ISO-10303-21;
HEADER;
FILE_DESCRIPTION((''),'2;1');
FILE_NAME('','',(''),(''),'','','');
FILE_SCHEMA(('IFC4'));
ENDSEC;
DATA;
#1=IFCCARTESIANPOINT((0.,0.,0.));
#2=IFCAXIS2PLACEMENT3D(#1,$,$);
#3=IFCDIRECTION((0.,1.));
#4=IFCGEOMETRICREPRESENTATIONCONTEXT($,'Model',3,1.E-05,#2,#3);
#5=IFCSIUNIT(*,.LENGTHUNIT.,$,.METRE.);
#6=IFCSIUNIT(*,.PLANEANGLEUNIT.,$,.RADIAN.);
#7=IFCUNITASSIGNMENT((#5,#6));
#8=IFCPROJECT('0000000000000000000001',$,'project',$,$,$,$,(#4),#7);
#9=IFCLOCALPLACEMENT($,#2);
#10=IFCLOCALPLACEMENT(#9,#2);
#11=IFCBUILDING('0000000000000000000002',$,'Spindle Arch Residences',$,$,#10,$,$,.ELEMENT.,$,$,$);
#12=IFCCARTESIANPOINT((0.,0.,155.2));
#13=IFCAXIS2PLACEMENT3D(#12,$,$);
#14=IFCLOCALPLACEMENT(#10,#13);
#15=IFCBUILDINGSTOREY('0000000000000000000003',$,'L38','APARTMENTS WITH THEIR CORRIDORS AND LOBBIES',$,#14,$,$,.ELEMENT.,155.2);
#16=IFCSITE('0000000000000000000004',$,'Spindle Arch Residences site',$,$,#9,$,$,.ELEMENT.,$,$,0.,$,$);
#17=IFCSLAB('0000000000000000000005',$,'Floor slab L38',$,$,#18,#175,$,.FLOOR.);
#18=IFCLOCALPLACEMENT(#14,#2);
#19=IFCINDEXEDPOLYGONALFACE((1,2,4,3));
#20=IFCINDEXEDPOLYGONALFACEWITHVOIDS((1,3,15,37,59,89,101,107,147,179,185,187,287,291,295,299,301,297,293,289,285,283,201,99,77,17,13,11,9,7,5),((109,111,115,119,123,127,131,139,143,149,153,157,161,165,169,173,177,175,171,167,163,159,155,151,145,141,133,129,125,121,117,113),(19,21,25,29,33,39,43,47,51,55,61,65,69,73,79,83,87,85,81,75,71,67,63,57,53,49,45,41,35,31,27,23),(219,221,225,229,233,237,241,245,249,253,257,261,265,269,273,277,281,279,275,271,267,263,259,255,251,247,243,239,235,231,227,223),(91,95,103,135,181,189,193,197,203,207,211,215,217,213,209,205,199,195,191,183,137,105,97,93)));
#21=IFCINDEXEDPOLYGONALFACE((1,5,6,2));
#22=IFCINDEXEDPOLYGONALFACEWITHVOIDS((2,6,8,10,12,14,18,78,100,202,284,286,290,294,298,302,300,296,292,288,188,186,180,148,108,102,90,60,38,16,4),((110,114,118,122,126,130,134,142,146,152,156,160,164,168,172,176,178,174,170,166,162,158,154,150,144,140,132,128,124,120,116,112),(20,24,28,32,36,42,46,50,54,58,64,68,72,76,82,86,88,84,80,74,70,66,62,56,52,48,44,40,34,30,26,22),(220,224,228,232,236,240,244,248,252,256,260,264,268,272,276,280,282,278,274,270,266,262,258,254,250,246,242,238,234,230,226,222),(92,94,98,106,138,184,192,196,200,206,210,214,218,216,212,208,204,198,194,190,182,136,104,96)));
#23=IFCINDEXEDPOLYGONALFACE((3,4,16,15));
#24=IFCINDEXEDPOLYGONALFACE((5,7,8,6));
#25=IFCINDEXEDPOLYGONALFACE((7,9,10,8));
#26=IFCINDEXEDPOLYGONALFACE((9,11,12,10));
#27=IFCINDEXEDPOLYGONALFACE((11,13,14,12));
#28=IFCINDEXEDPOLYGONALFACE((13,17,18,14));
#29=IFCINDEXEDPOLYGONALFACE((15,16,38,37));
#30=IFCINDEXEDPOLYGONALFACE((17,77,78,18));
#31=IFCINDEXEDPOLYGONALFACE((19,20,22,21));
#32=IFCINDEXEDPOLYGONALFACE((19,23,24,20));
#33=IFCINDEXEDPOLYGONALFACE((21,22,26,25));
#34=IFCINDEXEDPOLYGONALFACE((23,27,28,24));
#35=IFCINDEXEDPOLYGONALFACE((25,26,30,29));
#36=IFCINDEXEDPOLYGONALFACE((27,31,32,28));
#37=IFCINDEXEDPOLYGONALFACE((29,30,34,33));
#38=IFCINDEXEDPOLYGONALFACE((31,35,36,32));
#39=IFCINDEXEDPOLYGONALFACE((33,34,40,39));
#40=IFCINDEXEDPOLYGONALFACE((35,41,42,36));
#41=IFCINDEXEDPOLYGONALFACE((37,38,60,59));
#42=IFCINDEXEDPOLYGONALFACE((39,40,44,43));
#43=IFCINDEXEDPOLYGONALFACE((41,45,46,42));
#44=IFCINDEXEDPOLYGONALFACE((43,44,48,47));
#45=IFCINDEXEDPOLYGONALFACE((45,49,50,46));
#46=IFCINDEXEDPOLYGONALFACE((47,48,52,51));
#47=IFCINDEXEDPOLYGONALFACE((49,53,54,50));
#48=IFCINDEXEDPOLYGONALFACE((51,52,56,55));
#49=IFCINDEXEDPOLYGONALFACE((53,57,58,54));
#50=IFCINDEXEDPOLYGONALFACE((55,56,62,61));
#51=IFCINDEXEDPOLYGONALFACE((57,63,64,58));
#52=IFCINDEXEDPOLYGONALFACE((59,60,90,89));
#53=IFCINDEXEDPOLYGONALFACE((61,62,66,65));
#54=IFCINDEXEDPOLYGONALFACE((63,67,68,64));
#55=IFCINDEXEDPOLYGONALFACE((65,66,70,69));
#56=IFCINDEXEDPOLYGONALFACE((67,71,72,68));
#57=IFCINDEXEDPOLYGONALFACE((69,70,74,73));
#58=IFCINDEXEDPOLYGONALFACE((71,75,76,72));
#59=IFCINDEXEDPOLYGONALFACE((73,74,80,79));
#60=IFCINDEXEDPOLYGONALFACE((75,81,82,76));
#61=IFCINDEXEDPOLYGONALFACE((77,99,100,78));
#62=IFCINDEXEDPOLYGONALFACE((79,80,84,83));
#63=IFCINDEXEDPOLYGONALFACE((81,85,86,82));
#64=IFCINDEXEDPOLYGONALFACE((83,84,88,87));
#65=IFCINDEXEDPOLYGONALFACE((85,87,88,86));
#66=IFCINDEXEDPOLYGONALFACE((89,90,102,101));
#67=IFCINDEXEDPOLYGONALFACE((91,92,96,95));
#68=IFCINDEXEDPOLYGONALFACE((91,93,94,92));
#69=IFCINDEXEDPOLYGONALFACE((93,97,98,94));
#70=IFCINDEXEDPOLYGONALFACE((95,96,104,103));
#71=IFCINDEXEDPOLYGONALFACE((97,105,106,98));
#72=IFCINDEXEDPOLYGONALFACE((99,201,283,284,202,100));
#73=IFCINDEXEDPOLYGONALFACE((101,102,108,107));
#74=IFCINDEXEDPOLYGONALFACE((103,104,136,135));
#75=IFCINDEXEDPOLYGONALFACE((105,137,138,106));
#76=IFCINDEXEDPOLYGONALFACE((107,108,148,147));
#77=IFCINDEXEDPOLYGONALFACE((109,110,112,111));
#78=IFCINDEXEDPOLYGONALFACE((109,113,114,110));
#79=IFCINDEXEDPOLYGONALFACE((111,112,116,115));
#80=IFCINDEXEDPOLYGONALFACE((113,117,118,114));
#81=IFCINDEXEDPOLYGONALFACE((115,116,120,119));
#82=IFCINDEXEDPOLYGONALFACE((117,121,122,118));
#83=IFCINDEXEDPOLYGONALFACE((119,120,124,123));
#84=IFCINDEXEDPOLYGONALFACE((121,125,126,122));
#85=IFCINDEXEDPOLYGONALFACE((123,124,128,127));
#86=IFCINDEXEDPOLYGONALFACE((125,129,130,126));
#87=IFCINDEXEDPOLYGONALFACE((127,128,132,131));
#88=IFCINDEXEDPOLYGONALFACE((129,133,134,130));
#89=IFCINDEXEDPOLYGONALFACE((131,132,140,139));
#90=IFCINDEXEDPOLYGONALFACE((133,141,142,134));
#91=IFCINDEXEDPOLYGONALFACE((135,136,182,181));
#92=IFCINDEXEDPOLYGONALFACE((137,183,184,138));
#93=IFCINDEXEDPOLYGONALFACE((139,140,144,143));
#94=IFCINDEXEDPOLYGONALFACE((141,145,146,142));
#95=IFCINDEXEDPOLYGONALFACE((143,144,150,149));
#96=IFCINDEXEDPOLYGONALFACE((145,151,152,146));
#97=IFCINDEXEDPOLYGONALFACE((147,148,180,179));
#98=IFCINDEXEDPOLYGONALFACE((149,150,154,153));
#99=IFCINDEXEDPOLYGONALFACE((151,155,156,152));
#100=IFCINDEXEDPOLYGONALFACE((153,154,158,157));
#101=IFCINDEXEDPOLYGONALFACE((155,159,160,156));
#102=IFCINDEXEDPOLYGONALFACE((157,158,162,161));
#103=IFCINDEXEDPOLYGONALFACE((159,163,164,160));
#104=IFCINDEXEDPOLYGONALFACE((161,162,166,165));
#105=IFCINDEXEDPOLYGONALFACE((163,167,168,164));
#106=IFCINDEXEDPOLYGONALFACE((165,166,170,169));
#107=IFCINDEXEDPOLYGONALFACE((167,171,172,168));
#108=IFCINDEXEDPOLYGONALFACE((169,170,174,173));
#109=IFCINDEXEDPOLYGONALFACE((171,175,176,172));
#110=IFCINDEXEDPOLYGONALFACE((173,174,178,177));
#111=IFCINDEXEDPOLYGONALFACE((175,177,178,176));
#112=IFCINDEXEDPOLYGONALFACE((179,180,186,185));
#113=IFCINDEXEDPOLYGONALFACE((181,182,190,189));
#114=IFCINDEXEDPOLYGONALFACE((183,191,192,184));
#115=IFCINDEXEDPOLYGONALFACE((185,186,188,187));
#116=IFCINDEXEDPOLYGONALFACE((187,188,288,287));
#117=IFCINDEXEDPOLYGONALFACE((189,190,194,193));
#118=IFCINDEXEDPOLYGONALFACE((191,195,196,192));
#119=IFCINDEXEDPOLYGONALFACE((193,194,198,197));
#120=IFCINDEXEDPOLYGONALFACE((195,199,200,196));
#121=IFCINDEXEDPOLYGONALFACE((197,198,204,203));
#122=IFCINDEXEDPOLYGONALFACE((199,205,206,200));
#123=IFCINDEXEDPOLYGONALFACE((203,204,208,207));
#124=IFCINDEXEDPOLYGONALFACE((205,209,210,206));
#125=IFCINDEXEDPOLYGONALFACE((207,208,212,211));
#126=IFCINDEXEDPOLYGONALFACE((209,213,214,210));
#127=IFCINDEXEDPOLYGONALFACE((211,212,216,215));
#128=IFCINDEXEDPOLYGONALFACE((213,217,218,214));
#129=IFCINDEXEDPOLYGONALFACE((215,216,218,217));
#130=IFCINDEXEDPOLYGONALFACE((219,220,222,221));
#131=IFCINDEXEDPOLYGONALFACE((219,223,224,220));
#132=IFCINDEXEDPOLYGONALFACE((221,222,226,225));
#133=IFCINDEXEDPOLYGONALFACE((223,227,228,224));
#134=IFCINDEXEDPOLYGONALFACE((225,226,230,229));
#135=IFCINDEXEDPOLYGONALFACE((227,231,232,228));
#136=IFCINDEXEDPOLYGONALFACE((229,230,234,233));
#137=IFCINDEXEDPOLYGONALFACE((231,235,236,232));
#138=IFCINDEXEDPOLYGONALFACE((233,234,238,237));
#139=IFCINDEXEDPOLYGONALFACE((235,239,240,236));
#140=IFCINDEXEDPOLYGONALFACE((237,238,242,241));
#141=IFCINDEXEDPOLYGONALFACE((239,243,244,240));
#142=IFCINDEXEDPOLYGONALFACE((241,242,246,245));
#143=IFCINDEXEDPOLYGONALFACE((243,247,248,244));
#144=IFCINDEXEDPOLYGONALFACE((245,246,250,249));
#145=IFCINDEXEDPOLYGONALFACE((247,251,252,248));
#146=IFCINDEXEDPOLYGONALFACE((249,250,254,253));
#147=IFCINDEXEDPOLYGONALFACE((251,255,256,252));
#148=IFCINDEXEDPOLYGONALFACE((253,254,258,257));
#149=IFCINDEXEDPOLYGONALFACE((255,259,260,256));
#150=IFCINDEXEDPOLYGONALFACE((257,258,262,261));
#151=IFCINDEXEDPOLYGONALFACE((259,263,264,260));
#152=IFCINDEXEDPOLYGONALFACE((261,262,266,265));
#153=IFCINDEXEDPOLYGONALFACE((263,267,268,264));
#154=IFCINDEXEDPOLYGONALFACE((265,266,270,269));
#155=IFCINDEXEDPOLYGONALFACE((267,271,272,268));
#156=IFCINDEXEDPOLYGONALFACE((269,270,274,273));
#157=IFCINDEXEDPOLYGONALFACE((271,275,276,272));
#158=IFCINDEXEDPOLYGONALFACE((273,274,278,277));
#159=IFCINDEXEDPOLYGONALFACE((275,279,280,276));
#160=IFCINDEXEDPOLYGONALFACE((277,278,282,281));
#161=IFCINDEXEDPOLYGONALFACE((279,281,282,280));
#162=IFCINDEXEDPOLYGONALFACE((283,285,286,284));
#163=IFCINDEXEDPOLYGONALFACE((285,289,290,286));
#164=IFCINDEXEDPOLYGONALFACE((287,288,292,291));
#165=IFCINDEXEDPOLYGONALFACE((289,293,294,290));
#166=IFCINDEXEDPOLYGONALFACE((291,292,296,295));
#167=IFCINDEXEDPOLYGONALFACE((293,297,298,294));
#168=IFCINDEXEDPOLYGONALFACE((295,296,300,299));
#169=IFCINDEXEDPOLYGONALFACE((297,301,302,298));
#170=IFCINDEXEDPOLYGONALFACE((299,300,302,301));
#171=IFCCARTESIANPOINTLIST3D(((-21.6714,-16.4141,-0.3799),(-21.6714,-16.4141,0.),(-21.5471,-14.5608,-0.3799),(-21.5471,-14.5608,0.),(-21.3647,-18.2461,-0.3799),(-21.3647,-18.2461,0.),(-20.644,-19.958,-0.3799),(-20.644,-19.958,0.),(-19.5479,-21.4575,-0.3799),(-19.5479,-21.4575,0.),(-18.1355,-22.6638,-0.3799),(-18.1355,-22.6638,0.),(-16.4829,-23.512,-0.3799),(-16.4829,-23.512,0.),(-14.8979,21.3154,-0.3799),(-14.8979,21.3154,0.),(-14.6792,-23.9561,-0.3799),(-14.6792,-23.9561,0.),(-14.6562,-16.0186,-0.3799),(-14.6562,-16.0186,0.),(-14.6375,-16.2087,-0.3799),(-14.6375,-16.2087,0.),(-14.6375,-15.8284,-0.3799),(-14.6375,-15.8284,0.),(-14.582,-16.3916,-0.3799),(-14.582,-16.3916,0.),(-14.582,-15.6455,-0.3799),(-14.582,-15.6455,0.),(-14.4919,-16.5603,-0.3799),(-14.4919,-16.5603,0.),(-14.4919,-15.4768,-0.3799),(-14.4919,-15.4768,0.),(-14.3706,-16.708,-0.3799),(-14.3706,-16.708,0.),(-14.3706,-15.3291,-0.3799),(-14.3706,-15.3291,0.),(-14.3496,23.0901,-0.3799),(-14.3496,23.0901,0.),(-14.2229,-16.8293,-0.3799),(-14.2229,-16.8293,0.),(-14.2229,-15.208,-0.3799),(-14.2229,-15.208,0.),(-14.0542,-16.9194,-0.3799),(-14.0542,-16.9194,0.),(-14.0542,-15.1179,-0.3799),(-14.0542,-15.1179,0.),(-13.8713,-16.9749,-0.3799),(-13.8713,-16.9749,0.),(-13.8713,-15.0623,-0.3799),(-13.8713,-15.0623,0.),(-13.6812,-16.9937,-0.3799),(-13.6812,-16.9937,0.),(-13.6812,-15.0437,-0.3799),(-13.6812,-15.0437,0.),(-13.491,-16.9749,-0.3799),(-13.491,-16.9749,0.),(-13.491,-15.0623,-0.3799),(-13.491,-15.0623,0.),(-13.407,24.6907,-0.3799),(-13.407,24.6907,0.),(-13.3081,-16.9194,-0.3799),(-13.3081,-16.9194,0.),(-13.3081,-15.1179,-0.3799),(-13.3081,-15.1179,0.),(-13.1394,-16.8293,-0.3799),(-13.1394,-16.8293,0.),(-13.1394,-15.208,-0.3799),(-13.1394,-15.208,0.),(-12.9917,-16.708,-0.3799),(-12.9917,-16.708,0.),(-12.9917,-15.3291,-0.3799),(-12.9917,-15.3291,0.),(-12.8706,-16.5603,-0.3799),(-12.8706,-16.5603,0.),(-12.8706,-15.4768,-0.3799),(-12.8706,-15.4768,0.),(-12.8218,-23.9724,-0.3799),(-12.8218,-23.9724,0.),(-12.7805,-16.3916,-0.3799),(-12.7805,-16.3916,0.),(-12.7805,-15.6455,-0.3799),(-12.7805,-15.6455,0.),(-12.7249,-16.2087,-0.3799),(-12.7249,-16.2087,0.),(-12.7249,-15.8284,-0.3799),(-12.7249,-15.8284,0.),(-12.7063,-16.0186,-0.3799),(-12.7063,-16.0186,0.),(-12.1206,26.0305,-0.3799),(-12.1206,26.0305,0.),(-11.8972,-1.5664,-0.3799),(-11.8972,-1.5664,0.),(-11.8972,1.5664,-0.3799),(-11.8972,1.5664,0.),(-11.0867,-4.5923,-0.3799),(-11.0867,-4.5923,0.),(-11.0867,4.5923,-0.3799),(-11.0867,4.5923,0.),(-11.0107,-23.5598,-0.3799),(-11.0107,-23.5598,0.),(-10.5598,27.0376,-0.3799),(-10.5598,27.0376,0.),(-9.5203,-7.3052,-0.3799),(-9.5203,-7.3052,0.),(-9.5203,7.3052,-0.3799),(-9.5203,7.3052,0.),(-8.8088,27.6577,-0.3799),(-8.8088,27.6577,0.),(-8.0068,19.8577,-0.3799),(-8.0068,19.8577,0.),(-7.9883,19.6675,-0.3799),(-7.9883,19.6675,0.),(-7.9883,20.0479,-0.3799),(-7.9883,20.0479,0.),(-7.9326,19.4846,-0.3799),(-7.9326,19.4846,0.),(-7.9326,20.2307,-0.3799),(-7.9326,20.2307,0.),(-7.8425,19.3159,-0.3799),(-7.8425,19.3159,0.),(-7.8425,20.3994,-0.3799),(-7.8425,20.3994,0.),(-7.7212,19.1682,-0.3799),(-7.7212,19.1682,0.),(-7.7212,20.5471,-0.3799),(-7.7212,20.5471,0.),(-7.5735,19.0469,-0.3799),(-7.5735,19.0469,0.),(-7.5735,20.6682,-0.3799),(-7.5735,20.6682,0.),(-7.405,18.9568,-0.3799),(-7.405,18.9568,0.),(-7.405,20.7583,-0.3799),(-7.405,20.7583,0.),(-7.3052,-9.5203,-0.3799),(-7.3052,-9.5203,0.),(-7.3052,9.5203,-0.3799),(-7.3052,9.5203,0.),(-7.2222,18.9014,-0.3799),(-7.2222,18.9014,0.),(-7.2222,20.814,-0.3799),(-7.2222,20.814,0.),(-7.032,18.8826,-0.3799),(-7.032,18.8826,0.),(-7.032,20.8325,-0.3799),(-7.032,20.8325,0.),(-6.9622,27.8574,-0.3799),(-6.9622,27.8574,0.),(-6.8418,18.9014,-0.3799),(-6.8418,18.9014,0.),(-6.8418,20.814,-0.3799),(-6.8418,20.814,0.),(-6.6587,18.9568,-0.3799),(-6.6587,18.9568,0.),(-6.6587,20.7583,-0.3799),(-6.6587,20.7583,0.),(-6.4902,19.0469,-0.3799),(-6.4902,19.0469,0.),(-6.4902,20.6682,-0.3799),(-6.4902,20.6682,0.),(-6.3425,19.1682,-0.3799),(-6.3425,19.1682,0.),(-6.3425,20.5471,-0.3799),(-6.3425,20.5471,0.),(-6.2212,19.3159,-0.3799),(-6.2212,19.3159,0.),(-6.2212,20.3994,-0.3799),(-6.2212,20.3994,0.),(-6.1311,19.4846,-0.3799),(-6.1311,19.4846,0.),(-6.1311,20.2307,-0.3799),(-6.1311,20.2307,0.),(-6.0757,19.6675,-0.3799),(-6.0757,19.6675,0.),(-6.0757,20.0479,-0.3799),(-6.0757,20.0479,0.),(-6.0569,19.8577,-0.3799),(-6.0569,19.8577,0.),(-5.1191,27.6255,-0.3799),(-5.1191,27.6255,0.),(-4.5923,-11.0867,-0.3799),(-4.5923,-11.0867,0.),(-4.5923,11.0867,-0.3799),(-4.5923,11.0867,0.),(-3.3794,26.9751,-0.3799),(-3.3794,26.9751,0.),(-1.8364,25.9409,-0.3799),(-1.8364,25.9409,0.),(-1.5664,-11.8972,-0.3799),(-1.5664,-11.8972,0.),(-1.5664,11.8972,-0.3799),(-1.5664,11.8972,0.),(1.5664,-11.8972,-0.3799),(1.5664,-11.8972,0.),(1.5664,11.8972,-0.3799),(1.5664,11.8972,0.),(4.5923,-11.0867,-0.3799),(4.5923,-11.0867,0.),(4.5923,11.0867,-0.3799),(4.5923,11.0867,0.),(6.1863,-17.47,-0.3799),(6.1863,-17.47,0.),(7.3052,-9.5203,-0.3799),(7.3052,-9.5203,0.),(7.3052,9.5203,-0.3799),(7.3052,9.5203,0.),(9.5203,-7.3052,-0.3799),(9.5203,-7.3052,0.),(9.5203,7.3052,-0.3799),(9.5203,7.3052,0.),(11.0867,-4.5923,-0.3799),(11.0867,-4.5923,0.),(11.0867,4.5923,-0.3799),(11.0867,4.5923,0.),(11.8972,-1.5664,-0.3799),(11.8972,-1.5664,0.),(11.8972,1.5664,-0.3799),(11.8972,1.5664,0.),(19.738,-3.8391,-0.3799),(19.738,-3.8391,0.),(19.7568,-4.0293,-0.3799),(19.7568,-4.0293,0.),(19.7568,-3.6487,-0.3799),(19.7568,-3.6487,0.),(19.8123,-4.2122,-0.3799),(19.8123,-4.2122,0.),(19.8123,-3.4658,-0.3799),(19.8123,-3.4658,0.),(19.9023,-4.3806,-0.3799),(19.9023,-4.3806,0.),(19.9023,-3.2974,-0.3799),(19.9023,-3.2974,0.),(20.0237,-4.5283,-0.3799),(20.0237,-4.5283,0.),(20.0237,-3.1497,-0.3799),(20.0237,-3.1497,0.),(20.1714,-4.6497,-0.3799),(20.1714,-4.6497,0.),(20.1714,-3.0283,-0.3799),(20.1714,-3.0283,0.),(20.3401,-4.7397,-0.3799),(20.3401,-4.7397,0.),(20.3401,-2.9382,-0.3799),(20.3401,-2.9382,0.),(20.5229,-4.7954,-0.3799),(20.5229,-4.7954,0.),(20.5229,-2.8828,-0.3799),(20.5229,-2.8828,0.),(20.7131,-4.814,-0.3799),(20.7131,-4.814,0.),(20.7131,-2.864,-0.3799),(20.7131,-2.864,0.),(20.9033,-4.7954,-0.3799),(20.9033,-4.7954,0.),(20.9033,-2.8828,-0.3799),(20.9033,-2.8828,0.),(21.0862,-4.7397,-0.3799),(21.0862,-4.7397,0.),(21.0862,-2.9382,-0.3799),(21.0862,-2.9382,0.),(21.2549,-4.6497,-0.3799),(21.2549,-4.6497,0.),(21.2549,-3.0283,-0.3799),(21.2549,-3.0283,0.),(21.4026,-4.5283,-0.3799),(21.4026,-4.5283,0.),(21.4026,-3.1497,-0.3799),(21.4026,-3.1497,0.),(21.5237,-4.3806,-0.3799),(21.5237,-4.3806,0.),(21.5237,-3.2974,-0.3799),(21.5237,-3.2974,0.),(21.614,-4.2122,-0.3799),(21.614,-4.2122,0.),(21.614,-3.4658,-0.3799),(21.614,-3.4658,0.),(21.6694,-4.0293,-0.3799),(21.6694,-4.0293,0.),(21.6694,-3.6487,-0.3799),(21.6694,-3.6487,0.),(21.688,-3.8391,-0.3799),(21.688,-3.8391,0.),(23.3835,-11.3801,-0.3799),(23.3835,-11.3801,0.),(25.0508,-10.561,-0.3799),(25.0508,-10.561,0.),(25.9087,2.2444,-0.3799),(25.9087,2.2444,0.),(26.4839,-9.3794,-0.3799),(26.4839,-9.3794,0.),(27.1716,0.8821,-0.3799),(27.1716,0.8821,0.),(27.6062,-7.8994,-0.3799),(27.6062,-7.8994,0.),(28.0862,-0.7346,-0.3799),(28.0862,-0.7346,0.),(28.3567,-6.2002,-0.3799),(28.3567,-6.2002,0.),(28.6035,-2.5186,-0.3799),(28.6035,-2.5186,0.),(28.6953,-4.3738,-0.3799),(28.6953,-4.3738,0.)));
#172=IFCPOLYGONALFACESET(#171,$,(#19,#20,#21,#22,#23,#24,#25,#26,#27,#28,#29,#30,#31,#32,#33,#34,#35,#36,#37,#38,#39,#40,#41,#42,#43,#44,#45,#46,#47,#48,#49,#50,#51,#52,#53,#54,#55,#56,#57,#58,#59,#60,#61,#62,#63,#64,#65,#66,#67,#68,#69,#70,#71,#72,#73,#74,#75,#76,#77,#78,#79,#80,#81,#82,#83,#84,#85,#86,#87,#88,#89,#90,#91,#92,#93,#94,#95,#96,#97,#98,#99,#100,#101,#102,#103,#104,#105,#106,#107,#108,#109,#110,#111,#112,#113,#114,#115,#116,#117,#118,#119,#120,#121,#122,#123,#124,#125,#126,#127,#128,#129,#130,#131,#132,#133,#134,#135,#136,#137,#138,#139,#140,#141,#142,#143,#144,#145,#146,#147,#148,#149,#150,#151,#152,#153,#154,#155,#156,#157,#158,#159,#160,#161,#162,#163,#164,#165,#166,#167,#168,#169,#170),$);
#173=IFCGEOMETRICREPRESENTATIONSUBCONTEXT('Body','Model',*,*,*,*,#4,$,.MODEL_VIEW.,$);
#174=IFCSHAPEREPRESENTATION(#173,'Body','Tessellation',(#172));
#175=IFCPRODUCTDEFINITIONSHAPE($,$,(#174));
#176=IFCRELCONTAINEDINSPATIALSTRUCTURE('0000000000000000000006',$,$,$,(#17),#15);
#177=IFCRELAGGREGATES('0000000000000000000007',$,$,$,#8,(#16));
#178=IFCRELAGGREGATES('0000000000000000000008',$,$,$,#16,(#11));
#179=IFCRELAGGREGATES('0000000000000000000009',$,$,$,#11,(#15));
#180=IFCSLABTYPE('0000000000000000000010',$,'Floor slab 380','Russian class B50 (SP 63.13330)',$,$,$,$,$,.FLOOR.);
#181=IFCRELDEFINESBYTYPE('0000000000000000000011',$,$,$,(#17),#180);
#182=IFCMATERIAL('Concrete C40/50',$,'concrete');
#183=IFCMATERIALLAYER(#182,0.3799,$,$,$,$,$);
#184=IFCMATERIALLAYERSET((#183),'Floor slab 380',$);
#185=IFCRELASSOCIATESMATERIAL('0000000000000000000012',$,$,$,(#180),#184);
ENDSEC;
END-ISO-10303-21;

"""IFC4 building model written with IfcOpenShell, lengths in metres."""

from ifc_helpers import new_model, si_unit, direction, frame, origin, place, context, subcontext, project, spatial, polyline, outline, extrude, material, layer, layer_set, type_object, element, save


model = new_model("IFC4")

# Units and contexts
model_context = context("Model", 3, precision=1e-05, world=origin(), true_north=direction((0.0, 1.0)))
body_context = subcontext(model_context, "Body", "Model", "MODEL_VIEW")
ifc_project = project(units=[si_unit("LENGTHUNIT", "METRE"), si_unit("PLANEANGLEUNIT", "RADIAN")], contexts=[model_context])

# Site, building, storey
site_placement = place(None, origin())
site = spatial("IfcSite", under=ifc_project, at=site_placement, Name="Spindle Arch Residences site", CompositionType="ELEMENT", RefElevation=0.0)
building_placement = place(site_placement, origin())
building = spatial("IfcBuilding", under=site, at=building_placement, Name="Spindle Arch Residences", CompositionType="ELEMENT")
storey_placement = place(building_placement, frame((0.0, 0.0, 155.2)))
storey = spatial("IfcBuildingStorey", under=building, at=storey_placement, Name="L38", Description="APARTMENTS WITH THEIR CORRIDORS AND LOBBIES", CompositionType="ELEMENT", Elevation=155.2)

# Slab
ifc_material_1 = material(Name="Concrete C40/50", Category="concrete")
ifc_layer_1 = layer(ifc_material_1, 0.3799)
ifc_layer_set_1 = layer_set([ifc_layer_1], Name="Floor slab 380")
slab_type_1 = type_object("IfcSlabType", Name="Floor slab 380", Description="Russian class B50 (SP 63.13330)", PredefinedType="FLOOR", material=ifc_layer_set_1)
slab_1_placement = place(storey_placement, frame((0.0, 0.0, -0.3799)))
element("IfcSlab", 1, at=slab_1_placement, inside=storey, type_object=slab_type_1, Name="Floor slab L38", PredefinedType="FLOOR", context=body_context, shape_type="SweptSolid", body=[
    extrude(outline(polyline([(-12.8218, -23.9724), (-14.6792, -23.9561), (-16.4829, -23.512), (-18.1355, -22.6638), (-19.5479, -21.4575), (-20.644, -19.958), (-21.3647, -18.2461), (-21.6714, -16.4141), (-21.5471, -14.5608), (-14.8979, 21.3154), (-14.3496, 23.0901), (-13.407, 24.6907), (-12.1206, 26.0305), (-10.5598, 27.0376), (-8.8088, 27.6577), (-6.9622, 27.8574), (-5.1191, 27.6255), (-3.3794, 26.9751), (-1.8364, 25.9409), (25.9087, 2.2444), (27.1716, 0.8821), (28.0862, -0.7346), (28.6035, -2.5186), (28.6953, -4.3738), (28.3567, -6.2002), (27.6062, -7.8994), (26.4839, -9.3794), (25.0508, -10.561), (23.3835, -11.3801), (6.1863, -17.47), (-11.0107, -23.5598), (-12.8218, -23.9724)]), holes=[polyline([(7.3052, -9.5203), (9.5203, -7.3052), (11.0867, -4.5923), (11.8972, -1.5664), (11.8972, 1.5664), (11.0867, 4.5923), (9.5203, 7.3052), (7.3052, 9.5203), (4.5923, 11.0867), (1.5664, 11.8972), (-1.5664, 11.8972), (-4.5923, 11.0867), (-7.3052, 9.5203), (-9.5203, 7.3052), (-11.0867, 4.5923), (-11.8972, 1.5664), (-11.8972, -1.5664), (-11.0867, -4.5923), (-9.5203, -7.3052), (-7.3052, -9.5203), (-4.5923, -11.0867), (-1.5664, -11.8972), (1.5664, -11.8972), (4.5923, -11.0867), (7.3052, -9.5203)]), polyline([(-12.9917, -16.708), (-12.8706, -16.5603), (-12.7805, -16.3916), (-12.7249, -16.2087), (-12.7063, -16.0186), (-12.7249, -15.8284), (-12.7805, -15.6455), (-12.8706, -15.4768), (-12.9917, -15.3291), (-13.1394, -15.208), (-13.3081, -15.1179), (-13.491, -15.0623), (-13.6812, -15.0437), (-13.8713, -15.0623), (-14.0542, -15.1179), (-14.2229, -15.208), (-14.3706, -15.3291), (-14.4919, -15.4768), (-14.582, -15.6455), (-14.6375, -15.8284), (-14.6562, -16.0186), (-14.6375, -16.2087), (-14.582, -16.3916), (-14.4919, -16.5603), (-14.3706, -16.708), (-14.2229, -16.8293), (-14.0542, -16.9194), (-13.8713, -16.9749), (-13.6812, -16.9937), (-13.491, -16.9749), (-13.3081, -16.9194), (-13.1394, -16.8293), (-12.9917, -16.708)]), polyline([(-6.2212, 19.3159), (-6.1311, 19.4846), (-6.0757, 19.6675), (-6.0569, 19.8577), (-6.0757, 20.0479), (-6.1311, 20.2307), (-6.2212, 20.3994), (-6.3425, 20.5471), (-6.4902, 20.6682), (-6.6587, 20.7583), (-6.8418, 20.814), (-7.032, 20.8325), (-7.2222, 20.814), (-7.405, 20.7583), (-7.5735, 20.6682), (-7.7212, 20.5471), (-7.8425, 20.3994), (-7.9326, 20.2307), (-7.9883, 20.0479), (-8.0068, 19.8577), (-7.9883, 19.6675), (-7.9326, 19.4846), (-7.8425, 19.3159), (-7.7212, 19.1682), (-7.5735, 19.0469), (-7.405, 18.9568), (-7.2222, 18.9014), (-7.032, 18.8826), (-6.8418, 18.9014), (-6.6587, 18.9568), (-6.4902, 19.0469), (-6.3425, 19.1682), (-6.2212, 19.3159)]), polyline([(21.5237, -4.3806), (21.614, -4.2122), (21.6694, -4.0293), (21.688, -3.8391), (21.6694, -3.6487), (21.614, -3.4658), (21.5237, -3.2974), (21.4026, -3.1497), (21.2549, -3.0283), (21.0862, -2.9382), (20.9033, -2.8828), (20.7131, -2.864), (20.5229, -2.8828), (20.3401, -2.9382), (20.1714, -3.0283), (20.0237, -3.1497), (19.9023, -3.2974), (19.8123, -3.4658), (19.7568, -3.6487), (19.738, -3.8391), (19.7568, -4.0293), (19.8123, -4.2122), (19.9023, -4.3806), (20.0237, -4.5283), (20.1714, -4.6497), (20.3401, -4.7397), (20.5229, -4.7954), (20.7131, -4.814), (20.9033, -4.7954), (21.0862, -4.7397), (21.2549, -4.6497), (21.4026, -4.5283), (21.5237, -4.3806)])]), origin(), (0.0, 0.0, 1.0), 0.3799),
])

save(model, "model.ifc")
